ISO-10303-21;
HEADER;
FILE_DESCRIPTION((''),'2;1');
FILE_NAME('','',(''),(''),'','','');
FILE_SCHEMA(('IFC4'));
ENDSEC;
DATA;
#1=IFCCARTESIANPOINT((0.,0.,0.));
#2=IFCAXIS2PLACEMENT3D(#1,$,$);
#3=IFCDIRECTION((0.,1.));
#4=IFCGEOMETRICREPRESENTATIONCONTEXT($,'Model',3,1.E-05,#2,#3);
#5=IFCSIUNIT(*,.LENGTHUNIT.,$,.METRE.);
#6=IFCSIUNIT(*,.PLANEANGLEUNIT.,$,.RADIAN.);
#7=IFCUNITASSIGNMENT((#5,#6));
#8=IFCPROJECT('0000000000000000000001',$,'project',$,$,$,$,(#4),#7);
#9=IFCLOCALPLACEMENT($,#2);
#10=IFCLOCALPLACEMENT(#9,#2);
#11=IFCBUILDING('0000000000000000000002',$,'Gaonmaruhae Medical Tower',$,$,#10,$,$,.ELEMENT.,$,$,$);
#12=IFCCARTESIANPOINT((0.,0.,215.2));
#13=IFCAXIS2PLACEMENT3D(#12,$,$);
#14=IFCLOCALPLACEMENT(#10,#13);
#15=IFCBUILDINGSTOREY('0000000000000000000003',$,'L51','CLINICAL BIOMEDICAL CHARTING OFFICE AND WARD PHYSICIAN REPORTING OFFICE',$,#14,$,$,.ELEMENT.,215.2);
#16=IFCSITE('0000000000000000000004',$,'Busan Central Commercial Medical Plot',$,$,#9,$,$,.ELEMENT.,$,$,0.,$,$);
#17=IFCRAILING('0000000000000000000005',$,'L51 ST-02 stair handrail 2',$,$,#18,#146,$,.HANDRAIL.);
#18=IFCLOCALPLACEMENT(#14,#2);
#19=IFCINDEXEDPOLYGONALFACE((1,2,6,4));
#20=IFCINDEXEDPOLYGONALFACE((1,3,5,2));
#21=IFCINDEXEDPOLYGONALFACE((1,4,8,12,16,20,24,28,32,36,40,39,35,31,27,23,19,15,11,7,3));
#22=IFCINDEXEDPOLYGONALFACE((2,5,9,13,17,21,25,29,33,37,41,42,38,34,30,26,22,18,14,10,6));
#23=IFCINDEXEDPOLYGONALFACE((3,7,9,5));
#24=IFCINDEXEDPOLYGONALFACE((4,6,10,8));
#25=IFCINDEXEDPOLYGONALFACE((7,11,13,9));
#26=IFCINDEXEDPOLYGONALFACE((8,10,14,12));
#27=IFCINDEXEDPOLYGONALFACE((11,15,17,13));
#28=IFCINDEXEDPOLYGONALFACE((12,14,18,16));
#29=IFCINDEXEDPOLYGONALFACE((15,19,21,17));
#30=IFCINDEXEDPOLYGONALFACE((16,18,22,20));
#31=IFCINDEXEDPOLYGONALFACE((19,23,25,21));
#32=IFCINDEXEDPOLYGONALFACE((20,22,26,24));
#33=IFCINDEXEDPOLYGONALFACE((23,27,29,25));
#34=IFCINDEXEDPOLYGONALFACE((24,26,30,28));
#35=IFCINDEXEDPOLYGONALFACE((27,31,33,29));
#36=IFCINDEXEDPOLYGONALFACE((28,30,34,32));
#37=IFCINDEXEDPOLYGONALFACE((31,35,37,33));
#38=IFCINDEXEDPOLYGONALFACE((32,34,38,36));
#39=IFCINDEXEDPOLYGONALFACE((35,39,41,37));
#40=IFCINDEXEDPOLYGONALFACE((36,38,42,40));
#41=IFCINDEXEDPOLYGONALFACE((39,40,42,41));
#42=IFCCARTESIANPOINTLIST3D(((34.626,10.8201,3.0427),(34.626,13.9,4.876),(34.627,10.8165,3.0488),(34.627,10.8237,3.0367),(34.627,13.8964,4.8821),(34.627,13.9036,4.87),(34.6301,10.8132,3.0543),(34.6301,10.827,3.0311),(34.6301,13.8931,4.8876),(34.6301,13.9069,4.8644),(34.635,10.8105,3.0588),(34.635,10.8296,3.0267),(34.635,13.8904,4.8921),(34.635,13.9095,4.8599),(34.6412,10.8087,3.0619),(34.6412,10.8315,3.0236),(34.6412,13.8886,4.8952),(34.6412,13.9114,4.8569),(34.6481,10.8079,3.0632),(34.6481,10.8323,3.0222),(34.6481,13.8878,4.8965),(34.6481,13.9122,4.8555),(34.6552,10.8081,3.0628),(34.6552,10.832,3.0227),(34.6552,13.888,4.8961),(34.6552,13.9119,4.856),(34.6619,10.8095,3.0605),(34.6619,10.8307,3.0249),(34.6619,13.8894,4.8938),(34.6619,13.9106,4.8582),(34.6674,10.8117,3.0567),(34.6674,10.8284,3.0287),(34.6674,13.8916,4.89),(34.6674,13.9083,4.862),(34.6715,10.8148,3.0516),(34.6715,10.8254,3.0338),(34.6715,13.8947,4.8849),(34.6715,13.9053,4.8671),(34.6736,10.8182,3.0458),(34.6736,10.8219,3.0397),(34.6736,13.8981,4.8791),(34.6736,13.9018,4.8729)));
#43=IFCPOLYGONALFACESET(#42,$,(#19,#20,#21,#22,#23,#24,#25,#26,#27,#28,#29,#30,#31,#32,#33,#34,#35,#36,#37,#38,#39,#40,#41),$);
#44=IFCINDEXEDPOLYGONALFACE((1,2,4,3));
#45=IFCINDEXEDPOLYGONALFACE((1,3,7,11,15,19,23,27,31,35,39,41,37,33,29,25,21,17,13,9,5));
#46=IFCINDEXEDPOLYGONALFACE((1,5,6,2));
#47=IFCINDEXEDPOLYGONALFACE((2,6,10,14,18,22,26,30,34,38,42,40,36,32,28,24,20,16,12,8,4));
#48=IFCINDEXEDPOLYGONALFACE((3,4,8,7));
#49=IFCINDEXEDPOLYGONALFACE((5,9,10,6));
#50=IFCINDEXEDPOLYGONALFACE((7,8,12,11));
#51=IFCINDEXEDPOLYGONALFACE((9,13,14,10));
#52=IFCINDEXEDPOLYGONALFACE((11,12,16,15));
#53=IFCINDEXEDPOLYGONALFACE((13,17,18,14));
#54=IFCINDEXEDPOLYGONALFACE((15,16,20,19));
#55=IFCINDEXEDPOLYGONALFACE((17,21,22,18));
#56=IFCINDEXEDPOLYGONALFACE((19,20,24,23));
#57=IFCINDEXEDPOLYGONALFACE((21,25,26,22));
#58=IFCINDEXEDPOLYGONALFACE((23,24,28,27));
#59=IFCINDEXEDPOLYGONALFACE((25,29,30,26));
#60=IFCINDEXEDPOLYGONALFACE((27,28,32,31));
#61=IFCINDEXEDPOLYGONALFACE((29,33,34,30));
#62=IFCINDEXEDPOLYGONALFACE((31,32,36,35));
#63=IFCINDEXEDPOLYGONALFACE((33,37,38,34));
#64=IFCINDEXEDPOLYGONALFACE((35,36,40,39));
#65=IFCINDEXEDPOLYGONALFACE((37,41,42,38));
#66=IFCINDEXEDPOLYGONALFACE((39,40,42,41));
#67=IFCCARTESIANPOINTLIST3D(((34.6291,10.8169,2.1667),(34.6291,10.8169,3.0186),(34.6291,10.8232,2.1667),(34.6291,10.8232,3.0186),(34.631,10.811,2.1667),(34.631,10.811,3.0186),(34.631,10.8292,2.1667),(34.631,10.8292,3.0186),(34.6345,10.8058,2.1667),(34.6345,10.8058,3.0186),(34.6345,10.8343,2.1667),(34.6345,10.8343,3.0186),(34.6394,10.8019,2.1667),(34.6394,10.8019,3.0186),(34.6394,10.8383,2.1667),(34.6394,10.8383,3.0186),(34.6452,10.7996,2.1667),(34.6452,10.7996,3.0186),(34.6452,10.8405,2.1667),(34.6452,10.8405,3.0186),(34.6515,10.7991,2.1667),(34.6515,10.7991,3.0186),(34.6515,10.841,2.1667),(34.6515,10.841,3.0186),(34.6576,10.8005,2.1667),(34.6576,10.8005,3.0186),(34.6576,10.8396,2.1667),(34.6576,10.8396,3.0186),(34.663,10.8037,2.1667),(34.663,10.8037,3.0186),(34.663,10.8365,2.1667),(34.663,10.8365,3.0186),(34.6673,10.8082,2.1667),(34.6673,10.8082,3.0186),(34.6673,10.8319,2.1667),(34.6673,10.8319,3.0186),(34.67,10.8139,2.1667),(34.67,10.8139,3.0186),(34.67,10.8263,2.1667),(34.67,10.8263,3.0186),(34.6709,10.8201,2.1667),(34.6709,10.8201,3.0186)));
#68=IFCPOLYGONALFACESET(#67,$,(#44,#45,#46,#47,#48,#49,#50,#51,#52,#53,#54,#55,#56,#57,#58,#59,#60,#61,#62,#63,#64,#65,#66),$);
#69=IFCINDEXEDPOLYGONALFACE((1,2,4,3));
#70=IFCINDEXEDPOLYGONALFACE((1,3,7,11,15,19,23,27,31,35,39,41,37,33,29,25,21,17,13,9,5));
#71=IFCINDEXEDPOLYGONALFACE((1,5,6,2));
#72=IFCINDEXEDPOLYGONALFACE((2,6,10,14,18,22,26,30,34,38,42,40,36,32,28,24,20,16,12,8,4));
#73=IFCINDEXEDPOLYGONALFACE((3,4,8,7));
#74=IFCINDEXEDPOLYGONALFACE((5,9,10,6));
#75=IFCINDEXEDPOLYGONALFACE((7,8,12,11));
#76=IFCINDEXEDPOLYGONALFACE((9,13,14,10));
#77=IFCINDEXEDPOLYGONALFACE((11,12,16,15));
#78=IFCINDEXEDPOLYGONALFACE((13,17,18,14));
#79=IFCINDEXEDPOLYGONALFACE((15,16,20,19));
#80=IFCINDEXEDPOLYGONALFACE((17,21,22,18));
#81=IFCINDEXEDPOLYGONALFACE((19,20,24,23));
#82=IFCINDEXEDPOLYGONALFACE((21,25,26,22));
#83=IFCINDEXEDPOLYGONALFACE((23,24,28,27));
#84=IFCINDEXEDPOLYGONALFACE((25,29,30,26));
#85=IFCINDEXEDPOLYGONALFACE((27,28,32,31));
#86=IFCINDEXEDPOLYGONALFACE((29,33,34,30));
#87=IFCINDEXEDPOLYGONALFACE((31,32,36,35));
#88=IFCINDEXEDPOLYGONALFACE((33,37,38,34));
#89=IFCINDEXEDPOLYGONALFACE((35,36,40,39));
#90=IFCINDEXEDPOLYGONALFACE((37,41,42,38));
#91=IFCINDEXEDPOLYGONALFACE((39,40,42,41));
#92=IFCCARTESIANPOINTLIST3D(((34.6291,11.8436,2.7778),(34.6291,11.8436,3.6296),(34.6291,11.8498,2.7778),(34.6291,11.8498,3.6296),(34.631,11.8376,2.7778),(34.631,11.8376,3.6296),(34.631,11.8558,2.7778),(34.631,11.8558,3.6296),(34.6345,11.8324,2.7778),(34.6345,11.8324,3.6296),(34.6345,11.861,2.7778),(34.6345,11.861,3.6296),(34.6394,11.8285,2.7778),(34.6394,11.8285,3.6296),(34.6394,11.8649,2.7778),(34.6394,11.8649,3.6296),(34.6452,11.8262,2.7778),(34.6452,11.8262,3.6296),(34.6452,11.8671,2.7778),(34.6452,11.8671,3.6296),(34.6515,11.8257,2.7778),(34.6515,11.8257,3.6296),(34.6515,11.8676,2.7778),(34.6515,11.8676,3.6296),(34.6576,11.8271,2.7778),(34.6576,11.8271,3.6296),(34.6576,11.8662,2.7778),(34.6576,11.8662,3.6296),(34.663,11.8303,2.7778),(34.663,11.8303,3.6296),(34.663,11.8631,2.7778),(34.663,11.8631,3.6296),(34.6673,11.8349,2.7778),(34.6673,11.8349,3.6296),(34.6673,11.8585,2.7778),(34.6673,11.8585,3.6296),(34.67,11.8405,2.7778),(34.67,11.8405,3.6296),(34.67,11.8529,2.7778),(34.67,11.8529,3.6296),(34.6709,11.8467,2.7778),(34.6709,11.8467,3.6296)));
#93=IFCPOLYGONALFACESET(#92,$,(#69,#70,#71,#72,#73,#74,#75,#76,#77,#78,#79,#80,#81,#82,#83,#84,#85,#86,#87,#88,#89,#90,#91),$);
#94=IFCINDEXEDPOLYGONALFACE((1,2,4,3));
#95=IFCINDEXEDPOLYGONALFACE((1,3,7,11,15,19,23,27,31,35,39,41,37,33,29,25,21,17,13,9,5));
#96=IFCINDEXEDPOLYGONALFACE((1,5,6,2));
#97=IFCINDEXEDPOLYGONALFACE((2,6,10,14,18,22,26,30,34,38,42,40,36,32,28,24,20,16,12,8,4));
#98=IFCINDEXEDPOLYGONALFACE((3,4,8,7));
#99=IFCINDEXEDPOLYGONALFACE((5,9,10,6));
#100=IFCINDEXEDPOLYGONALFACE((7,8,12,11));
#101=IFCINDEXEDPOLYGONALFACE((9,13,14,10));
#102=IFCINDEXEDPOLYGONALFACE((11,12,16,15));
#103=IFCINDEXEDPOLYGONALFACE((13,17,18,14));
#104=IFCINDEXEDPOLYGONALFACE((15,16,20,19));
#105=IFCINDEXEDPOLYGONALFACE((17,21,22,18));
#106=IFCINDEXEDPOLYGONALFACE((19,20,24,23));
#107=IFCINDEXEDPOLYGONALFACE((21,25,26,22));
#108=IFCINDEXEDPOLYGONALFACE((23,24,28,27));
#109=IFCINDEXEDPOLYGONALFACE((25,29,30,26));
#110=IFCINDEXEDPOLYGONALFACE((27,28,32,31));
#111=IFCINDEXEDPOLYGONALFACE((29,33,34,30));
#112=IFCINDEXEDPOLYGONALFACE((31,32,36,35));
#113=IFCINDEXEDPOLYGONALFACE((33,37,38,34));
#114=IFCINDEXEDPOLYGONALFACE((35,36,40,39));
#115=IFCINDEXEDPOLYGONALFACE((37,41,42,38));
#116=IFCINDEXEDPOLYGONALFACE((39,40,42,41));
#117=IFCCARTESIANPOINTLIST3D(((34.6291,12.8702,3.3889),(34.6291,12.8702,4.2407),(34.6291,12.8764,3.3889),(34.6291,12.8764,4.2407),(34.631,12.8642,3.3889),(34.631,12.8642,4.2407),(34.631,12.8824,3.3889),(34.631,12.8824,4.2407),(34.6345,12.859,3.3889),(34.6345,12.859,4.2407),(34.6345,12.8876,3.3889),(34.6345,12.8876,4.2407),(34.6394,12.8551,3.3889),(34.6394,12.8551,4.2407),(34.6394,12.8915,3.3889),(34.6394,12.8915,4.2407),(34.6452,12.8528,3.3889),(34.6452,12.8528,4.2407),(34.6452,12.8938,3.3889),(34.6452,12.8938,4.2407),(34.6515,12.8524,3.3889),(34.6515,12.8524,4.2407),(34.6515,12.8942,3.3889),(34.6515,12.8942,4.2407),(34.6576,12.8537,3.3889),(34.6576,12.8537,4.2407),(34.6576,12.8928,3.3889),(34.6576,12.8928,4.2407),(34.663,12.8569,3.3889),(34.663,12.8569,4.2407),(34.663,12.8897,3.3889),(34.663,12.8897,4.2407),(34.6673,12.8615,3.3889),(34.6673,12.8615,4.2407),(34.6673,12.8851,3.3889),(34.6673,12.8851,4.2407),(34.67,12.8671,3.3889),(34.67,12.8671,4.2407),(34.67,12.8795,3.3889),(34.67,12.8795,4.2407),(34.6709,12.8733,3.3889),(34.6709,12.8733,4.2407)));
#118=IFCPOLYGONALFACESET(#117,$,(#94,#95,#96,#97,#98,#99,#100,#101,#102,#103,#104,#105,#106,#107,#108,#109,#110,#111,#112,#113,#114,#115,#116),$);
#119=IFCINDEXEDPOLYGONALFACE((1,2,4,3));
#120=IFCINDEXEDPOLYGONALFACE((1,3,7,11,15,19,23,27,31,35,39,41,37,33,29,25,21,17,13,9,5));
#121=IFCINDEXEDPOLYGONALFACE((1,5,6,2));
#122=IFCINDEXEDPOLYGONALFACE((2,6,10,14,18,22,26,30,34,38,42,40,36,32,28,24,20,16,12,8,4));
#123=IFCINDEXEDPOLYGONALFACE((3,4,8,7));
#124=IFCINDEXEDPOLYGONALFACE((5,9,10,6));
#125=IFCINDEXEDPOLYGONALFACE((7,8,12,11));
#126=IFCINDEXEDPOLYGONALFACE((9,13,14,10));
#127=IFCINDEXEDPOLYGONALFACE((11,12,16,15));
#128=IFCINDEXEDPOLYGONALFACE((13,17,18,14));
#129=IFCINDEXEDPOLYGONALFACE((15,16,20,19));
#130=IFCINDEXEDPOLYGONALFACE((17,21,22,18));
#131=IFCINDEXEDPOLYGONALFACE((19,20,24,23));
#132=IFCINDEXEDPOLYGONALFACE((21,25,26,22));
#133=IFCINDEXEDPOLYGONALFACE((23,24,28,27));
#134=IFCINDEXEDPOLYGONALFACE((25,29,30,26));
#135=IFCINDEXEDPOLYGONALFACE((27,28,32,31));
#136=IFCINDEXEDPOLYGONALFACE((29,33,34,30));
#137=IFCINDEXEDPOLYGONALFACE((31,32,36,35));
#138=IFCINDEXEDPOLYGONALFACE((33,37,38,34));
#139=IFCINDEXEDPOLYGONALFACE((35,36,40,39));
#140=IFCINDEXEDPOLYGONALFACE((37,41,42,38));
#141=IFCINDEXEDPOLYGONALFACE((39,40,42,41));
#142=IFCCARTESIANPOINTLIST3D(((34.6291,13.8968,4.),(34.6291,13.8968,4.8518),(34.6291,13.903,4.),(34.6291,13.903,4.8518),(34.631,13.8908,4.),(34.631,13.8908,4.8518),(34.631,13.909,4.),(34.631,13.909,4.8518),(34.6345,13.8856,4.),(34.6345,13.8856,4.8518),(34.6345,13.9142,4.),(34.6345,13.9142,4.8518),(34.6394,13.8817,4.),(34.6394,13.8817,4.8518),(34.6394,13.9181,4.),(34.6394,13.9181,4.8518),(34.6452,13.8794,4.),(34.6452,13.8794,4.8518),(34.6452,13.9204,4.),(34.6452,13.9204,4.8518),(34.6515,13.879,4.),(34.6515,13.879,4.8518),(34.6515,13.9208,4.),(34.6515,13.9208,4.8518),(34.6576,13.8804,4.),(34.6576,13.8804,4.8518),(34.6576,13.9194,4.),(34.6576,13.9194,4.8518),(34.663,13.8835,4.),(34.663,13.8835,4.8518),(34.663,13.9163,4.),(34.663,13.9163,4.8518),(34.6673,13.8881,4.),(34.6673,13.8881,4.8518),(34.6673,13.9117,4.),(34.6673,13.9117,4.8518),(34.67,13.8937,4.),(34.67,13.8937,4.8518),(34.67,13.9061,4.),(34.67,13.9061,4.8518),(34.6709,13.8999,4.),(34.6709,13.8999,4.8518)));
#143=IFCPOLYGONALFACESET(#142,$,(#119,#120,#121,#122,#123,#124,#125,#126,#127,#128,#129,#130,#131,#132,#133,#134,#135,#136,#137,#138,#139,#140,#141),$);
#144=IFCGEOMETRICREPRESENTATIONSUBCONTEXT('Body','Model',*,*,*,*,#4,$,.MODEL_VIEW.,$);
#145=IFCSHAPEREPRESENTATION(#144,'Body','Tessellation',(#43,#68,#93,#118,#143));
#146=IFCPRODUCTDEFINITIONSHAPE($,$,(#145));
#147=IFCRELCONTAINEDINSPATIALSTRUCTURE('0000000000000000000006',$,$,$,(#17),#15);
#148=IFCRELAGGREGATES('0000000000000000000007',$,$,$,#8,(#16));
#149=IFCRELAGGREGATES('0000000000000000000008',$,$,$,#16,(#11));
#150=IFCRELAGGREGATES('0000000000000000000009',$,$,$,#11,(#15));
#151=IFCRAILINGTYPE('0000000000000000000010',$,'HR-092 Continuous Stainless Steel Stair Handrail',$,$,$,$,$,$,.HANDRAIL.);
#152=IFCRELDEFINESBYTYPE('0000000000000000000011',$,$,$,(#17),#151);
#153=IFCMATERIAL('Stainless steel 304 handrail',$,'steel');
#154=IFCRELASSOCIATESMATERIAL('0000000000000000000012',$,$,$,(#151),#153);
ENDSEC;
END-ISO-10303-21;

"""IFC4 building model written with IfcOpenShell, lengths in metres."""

from ifc_helpers import new_model, si_unit, direction, frame, origin, origin_2d, place, context, subcontext, project, spatial, circle, extrude, material, type_object, element, save


model = new_model("IFC4")

# Units and contexts
model_context = context("Model", 3, precision=1e-05, world=origin(), true_north=direction((0.0, 1.0)))
body_context = subcontext(model_context, "Body", "Model", "MODEL_VIEW")
ifc_project = project(units=[si_unit("LENGTHUNIT", "METRE"), si_unit("PLANEANGLEUNIT", "RADIAN")], contexts=[model_context])

# Site, building, storey
site_placement = place(None, origin())
site = spatial("IfcSite", under=ifc_project, at=site_placement, Name="Busan Central Commercial Medical Plot", CompositionType="ELEMENT", RefElevation=0.0)
building_placement = place(site_placement, origin())
building = spatial("IfcBuilding", under=site, at=building_placement, Name="Gaonmaruhae Medical Tower", CompositionType="ELEMENT")
storey_placement = place(building_placement, frame((0.0, 0.0, 215.2)))
storey = spatial("IfcBuildingStorey", under=building, at=storey_placement, Name="L51", Description="CLINICAL BIOMEDICAL CHARTING OFFICE AND WARD PHYSICIAN REPORTING OFFICE", CompositionType="ELEMENT", Elevation=215.2)

# Railing
ifc_material_1 = material(Name="Stainless steel 304 handrail", Category="steel")
railing_type_1 = type_object("IfcRailingType", Name="HR-092 Continuous Stainless Steel Stair Handrail", PredefinedType="HANDRAIL", material=ifc_material_1)
railing_1_placement = place(storey_placement, frame((34.6499, 10.8201, 2.1667)))
element("IfcRailing", 1, at=railing_1_placement, inside=storey, type_object=railing_type_1, Name="L51 ST-02 stair handrail 2", PredefinedType="HANDRAIL", context=body_context, shape_type="SweptSolid", body=[
    extrude(circle(Radius=0.0239, at=origin_2d()), frame((0.0, 0.0, 0.876), z_axis=(0.0, 0.859291, 0.511487), x_axis=(-1.0, 0.0, 0.0)), (0.0, 0.0, 1.0), 3.5842),
    extrude(circle(Radius=0.021, at=origin_2d()), origin(), (0.0, 0.0, 1.0), 0.8518),
    extrude(circle(Radius=0.021, at=origin_2d()), frame((0.0, 1.0266, 0.6111)), (0.0, 0.0, 1.0), 0.8518),
    extrude(circle(Radius=0.021, at=origin_2d()), frame((0.0, 2.0532, 1.2222)), (0.0, 0.0, 1.0), 0.8518),
    extrude(circle(Radius=0.021, at=origin_2d()), frame((0.0, 3.0798, 1.8333)), (0.0, 0.0, 1.0), 0.8518),
])

save(model, "model.ifc")
